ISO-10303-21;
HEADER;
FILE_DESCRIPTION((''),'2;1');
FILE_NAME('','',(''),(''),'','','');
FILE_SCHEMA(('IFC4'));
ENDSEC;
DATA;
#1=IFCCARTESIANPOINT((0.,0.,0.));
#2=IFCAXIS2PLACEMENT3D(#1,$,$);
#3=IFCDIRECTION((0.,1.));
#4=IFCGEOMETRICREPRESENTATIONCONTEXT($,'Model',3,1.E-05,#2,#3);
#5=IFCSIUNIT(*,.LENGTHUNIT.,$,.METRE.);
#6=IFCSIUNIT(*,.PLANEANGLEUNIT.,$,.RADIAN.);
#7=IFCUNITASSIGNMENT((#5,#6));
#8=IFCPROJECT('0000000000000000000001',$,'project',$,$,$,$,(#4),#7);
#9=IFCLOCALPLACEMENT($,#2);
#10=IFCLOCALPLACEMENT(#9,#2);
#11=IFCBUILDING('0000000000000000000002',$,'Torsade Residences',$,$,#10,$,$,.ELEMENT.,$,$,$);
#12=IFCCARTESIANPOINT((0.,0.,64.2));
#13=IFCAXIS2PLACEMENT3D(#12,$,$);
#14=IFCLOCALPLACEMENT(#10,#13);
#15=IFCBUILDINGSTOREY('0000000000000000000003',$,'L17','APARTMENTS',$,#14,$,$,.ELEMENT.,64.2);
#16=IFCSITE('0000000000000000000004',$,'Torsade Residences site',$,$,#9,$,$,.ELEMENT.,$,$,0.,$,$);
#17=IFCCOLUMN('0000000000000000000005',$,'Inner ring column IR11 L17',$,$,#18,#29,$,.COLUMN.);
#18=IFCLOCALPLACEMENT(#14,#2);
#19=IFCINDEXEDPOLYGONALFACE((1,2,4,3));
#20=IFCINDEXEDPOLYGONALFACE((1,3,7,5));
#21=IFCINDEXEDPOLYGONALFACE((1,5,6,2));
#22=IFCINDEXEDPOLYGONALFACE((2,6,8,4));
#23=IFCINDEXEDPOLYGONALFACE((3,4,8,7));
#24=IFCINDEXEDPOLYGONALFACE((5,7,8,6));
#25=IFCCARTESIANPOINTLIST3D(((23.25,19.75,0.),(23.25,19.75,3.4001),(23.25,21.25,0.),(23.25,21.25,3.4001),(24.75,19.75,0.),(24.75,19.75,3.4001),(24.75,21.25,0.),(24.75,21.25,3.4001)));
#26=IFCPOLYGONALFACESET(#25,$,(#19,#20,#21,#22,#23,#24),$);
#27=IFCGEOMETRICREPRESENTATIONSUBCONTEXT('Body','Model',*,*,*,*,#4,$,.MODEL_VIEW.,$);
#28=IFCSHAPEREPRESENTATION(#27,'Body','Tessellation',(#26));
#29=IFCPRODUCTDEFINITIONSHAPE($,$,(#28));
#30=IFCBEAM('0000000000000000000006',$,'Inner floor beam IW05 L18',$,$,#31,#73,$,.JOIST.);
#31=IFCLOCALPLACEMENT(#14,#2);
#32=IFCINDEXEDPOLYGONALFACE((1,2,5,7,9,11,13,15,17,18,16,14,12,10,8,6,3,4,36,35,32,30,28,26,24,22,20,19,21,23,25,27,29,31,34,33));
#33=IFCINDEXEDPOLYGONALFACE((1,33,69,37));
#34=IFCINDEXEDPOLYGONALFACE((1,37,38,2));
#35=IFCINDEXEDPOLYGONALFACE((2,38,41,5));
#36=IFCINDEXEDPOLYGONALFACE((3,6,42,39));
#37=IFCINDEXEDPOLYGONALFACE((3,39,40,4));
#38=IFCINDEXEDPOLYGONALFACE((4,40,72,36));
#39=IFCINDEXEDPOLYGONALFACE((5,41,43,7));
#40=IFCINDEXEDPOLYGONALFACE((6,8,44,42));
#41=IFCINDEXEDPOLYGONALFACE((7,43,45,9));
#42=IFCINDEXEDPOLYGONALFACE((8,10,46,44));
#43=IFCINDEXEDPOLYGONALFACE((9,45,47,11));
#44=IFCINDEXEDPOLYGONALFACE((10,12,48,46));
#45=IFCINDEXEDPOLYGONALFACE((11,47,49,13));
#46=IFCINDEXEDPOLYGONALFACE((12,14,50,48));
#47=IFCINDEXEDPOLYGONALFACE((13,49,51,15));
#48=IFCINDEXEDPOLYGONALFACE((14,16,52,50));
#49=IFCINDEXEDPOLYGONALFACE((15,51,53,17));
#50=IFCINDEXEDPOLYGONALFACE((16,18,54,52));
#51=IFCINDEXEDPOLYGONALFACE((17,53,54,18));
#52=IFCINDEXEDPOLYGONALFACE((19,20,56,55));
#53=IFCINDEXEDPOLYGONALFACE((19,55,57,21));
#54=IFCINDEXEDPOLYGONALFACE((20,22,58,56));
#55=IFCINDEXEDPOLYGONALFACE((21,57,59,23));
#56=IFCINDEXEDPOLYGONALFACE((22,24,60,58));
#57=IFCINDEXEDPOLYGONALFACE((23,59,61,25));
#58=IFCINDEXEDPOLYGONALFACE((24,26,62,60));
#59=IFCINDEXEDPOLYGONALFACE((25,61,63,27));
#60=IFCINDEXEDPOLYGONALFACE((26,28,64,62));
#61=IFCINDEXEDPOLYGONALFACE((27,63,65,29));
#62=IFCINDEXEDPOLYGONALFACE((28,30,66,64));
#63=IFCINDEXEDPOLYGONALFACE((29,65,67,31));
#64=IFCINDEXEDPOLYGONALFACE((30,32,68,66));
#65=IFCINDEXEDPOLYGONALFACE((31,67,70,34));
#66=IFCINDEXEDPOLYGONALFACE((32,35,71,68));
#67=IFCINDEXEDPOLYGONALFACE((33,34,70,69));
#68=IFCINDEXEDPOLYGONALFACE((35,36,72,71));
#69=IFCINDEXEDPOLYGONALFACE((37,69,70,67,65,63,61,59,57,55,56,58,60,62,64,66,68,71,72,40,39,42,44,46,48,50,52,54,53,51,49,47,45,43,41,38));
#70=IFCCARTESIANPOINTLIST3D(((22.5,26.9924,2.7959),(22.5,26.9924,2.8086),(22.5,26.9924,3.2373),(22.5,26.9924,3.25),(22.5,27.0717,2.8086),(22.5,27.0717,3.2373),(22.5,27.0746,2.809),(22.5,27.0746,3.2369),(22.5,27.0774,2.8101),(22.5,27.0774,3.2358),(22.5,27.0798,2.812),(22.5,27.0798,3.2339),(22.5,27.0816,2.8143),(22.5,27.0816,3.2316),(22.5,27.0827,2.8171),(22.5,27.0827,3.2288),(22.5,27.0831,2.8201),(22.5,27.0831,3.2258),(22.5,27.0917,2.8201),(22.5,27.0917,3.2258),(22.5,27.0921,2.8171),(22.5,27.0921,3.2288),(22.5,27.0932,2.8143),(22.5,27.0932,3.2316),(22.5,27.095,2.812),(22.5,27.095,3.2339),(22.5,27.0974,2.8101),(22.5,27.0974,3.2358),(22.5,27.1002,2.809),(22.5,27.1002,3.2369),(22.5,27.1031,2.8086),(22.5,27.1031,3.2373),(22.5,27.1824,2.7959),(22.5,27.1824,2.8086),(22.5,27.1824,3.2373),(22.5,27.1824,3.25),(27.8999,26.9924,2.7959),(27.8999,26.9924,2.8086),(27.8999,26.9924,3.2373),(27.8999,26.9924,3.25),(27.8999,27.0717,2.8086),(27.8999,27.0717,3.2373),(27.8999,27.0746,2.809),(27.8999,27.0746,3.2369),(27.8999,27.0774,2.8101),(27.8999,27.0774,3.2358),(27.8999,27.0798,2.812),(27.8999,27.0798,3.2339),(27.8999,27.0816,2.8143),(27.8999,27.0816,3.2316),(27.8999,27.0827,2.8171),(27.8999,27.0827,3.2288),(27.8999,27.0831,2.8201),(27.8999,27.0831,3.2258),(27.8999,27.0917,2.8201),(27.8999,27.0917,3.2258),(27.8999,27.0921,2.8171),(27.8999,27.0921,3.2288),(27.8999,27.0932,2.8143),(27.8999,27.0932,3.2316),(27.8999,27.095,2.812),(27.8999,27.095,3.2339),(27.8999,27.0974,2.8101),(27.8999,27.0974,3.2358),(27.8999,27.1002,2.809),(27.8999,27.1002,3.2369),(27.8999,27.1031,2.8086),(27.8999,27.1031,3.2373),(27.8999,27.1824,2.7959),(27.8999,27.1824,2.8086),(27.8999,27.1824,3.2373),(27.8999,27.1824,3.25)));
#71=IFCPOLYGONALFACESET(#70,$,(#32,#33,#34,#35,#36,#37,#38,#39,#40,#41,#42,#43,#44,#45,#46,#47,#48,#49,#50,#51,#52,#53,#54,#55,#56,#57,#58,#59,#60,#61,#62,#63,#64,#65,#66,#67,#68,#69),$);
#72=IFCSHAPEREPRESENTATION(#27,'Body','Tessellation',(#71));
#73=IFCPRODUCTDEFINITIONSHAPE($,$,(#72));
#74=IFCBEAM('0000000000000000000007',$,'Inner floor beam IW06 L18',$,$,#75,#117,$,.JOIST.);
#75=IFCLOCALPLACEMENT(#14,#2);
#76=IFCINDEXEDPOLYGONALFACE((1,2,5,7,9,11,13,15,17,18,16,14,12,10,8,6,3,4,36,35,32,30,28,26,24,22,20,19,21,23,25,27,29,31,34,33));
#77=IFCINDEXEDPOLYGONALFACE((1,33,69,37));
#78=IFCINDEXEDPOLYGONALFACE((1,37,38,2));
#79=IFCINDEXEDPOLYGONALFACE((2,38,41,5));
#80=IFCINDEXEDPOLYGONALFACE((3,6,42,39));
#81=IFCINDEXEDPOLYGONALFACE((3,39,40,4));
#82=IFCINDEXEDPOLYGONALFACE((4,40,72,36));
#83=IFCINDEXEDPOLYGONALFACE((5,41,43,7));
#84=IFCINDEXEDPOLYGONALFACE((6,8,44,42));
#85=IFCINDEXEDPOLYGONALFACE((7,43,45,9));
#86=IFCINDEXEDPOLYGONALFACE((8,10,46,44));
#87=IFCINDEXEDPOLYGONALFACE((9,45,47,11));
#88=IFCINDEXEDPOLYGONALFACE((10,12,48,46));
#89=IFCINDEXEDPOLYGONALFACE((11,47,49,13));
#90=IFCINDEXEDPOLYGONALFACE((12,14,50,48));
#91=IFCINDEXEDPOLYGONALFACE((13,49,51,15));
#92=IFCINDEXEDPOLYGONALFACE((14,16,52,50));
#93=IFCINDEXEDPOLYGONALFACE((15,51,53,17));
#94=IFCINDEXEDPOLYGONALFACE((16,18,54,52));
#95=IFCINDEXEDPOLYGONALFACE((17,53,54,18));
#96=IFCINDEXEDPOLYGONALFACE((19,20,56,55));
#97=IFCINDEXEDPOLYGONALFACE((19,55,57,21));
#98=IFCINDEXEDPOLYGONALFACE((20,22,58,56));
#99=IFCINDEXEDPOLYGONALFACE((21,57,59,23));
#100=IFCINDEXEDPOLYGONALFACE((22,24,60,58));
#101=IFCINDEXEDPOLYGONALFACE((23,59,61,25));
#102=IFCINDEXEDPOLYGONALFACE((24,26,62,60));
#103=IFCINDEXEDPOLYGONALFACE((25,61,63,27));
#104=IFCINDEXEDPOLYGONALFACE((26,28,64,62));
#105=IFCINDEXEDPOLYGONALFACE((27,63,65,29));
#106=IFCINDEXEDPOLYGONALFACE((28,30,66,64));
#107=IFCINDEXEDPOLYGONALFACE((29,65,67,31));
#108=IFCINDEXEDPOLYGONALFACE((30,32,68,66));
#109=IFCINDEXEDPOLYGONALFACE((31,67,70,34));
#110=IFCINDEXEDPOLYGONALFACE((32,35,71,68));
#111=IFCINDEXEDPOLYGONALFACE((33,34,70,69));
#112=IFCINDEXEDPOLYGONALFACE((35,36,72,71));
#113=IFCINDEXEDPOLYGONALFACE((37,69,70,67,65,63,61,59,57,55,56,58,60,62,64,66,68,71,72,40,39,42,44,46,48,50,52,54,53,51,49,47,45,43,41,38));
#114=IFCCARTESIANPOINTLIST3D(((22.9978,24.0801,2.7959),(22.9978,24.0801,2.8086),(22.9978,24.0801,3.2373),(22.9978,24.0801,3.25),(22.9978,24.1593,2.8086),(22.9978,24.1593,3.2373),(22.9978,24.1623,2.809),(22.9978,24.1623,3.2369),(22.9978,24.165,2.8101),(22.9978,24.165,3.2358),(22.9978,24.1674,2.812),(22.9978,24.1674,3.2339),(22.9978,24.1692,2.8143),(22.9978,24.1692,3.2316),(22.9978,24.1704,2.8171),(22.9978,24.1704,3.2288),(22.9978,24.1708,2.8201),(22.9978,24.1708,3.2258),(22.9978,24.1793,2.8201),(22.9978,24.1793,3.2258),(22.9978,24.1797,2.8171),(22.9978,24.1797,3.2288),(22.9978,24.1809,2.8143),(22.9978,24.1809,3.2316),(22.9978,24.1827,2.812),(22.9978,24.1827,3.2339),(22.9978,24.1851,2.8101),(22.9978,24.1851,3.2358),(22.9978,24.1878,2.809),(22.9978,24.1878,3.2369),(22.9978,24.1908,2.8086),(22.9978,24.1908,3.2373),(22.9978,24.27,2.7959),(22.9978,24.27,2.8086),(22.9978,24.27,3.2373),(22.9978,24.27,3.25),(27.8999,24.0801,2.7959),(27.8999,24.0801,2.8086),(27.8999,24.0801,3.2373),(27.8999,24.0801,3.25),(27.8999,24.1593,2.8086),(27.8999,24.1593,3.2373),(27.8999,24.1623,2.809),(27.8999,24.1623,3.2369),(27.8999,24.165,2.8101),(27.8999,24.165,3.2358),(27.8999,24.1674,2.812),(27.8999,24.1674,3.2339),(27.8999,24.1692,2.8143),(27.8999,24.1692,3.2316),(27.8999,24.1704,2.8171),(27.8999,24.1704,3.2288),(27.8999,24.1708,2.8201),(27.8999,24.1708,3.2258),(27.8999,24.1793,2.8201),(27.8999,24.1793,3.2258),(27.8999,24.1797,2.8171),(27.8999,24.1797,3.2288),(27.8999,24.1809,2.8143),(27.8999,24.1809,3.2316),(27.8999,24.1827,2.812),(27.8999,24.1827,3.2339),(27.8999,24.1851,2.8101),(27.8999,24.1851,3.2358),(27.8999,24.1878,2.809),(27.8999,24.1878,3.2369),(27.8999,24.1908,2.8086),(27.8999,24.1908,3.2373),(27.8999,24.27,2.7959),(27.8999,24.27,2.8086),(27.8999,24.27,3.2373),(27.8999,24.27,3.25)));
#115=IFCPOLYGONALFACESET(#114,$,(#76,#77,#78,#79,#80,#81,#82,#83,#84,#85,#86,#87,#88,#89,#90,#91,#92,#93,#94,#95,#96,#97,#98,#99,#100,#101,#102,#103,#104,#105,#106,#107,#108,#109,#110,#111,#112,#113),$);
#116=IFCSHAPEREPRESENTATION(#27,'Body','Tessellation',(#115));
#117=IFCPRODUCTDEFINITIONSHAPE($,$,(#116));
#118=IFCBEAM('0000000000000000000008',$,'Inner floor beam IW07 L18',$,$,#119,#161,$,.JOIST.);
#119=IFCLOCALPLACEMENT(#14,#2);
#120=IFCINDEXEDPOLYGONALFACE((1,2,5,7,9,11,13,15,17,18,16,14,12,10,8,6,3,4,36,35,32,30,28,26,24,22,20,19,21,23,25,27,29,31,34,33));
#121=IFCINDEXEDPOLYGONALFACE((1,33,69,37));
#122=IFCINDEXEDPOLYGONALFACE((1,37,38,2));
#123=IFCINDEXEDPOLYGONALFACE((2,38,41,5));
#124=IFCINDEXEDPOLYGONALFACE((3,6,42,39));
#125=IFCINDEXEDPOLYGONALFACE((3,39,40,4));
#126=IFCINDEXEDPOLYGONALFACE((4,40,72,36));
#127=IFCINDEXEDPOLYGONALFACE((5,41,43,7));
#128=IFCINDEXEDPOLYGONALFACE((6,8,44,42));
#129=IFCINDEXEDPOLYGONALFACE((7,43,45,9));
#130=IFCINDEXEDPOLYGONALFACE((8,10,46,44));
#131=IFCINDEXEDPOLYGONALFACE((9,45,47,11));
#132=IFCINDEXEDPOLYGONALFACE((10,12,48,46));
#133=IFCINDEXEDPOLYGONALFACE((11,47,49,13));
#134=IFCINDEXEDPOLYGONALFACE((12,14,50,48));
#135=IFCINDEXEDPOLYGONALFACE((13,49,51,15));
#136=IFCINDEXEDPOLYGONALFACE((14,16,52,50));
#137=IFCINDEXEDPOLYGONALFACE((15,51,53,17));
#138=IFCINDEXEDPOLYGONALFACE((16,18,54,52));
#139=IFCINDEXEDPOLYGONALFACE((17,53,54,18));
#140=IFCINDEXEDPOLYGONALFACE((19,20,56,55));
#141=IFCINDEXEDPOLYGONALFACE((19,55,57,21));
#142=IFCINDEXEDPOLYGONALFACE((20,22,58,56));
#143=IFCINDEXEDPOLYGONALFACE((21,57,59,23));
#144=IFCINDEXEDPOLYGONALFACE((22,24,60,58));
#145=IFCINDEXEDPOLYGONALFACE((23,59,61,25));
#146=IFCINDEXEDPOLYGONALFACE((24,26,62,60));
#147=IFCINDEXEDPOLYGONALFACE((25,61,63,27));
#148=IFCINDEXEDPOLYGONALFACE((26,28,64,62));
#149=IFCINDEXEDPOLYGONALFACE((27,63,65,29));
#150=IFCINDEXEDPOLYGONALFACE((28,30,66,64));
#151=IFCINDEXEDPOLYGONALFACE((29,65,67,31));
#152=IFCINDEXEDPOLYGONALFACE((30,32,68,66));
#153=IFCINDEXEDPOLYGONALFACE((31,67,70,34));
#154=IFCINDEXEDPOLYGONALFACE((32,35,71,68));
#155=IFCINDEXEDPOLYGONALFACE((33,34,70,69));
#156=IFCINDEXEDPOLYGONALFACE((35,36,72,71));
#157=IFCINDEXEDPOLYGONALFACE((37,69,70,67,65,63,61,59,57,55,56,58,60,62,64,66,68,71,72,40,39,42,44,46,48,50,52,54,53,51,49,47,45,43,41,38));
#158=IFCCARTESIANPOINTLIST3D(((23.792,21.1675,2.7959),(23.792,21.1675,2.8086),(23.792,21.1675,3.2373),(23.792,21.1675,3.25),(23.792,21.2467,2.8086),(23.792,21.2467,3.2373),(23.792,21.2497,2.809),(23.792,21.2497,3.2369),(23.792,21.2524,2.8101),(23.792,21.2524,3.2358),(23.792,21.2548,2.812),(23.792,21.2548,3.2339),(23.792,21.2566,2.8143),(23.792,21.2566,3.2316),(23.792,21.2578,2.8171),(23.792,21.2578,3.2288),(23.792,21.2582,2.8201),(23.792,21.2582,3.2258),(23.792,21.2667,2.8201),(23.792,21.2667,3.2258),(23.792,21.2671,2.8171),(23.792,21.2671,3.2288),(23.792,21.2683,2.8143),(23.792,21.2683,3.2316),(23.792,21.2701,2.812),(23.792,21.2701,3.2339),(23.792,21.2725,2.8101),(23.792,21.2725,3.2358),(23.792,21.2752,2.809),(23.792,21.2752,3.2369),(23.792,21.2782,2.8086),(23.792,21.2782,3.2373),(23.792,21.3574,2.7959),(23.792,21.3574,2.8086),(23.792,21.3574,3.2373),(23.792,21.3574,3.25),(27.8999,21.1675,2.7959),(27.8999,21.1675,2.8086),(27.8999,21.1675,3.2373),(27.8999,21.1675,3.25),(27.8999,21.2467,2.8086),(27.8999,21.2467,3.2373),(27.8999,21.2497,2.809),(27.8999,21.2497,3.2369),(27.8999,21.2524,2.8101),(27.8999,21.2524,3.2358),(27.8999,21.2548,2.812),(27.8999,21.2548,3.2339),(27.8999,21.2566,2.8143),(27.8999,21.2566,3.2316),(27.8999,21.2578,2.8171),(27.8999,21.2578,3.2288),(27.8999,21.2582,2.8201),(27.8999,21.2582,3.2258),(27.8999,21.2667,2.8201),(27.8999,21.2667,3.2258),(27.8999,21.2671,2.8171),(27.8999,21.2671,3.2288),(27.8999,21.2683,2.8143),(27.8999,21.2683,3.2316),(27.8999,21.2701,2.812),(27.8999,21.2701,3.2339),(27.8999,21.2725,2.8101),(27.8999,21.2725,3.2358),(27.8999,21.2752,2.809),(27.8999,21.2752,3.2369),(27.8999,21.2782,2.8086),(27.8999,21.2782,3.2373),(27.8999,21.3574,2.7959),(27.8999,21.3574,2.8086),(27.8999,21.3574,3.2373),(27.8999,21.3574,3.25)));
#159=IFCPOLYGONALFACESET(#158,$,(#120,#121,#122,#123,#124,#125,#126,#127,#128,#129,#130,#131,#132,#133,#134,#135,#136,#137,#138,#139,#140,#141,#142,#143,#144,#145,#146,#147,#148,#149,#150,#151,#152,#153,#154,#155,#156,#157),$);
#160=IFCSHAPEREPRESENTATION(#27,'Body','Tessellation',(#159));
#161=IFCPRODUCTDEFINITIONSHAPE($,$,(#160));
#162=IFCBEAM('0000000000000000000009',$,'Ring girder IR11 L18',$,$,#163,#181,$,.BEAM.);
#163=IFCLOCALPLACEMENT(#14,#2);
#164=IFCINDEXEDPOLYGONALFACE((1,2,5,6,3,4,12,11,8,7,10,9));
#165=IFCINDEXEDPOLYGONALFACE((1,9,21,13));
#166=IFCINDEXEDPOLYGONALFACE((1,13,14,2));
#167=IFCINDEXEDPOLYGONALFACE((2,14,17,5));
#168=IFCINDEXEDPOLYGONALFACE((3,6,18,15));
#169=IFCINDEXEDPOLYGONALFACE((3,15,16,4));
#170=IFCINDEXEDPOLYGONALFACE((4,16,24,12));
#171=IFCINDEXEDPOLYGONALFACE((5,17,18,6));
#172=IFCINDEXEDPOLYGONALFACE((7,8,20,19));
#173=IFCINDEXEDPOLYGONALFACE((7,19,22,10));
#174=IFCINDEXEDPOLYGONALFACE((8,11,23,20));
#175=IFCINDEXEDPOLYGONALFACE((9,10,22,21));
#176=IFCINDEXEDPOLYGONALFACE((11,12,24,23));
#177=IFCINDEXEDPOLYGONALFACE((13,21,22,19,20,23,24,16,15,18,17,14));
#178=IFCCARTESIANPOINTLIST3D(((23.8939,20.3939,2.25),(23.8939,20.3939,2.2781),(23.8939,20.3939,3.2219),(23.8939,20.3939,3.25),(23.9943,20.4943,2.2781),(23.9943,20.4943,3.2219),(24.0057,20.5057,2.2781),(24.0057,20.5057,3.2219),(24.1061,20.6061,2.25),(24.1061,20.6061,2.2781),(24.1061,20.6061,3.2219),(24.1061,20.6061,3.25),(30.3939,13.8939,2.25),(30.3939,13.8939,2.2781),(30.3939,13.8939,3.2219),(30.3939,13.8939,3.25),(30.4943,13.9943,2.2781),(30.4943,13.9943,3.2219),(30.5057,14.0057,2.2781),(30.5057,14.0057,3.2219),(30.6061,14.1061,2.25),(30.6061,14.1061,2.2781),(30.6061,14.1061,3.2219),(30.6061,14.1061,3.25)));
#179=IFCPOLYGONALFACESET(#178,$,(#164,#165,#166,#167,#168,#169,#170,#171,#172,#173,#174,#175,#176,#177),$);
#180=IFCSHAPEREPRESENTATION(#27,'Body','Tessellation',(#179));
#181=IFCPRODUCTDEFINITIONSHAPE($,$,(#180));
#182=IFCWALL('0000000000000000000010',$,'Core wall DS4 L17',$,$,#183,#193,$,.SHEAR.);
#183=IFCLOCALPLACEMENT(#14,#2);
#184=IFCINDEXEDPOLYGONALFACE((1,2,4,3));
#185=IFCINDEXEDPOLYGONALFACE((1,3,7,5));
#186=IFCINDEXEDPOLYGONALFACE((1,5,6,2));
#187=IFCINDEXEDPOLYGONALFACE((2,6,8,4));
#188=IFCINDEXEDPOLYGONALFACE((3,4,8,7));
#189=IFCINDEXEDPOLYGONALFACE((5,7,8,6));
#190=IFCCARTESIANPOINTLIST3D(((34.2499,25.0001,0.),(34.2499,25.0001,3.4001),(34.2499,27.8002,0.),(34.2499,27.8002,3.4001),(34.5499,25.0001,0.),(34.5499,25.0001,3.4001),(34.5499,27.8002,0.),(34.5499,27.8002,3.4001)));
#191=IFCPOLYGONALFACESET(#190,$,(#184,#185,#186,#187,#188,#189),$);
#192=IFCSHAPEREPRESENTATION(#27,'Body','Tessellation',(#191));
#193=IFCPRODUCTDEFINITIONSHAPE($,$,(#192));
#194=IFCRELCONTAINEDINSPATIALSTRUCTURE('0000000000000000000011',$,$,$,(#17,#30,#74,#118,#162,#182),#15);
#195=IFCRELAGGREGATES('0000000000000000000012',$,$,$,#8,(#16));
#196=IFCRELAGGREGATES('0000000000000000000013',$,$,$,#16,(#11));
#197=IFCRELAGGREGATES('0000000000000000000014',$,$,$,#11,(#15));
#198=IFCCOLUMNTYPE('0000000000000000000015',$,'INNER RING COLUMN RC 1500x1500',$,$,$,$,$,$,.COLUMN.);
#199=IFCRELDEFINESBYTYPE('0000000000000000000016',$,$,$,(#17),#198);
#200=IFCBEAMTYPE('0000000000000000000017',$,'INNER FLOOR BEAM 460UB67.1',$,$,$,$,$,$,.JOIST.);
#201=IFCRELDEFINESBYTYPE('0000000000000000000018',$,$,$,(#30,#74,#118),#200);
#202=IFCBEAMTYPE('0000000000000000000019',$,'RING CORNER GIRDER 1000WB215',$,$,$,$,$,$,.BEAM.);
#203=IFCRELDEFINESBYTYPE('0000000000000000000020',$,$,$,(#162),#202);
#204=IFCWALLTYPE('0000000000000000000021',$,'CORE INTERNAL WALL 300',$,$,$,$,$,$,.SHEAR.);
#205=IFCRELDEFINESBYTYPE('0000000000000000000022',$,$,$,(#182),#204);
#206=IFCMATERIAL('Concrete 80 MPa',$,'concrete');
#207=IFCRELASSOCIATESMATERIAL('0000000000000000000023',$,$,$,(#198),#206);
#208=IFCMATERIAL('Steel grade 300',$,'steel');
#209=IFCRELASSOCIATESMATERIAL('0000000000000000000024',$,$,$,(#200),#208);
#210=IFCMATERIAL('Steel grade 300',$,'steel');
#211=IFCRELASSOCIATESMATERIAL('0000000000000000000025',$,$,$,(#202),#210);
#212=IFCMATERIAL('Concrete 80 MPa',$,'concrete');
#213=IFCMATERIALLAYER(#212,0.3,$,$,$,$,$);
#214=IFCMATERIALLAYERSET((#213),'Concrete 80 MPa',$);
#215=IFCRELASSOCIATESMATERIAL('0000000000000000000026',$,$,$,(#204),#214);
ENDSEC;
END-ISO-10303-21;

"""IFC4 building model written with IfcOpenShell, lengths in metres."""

from ifc_helpers import new_model, si_unit, direction, frame, frame_2d, origin, origin_2d, place, context, subcontext, project, spatial, rectangle, i_section, extrude, material, layer, layer_set, material_profile, profile_set, type_object, element, save


model = new_model("IFC4")

# Units and contexts
model_context = context("Model", 3, precision=1e-05, world=origin(), true_north=direction((0.0, 1.0)))
body_context = subcontext(model_context, "Body", "Model", "MODEL_VIEW")
ifc_project = project(units=[si_unit("LENGTHUNIT", "METRE"), si_unit("PLANEANGLEUNIT", "RADIAN")], contexts=[model_context])

# Site, building, storey
site_placement = place(None, origin())
site = spatial("IfcSite", under=ifc_project, at=site_placement, Name="Torsade Residences site", CompositionType="ELEMENT", RefElevation=0.0)
building_placement = place(site_placement, origin())
building = spatial("IfcBuilding", under=site, at=building_placement, Name="Torsade Residences", CompositionType="ELEMENT")
storey_placement = place(building_placement, frame((0.0, 0.0, 64.2)))
storey = spatial("IfcBuildingStorey", under=building, at=storey_placement, Name="L17", Description="APARTMENTS", CompositionType="ELEMENT", Elevation=64.2)

# Column
ifc_material_1 = material(Name="Concrete 80 MPa", Category="concrete")
ifc_material_profile_1 = material_profile(ifc_material_1, rectangle(XDim=1.5, YDim=1.5, at=origin_2d()), Name="RC 1500x1500")
ifc_profile_set_1 = profile_set([ifc_material_profile_1], Name="Concrete 80 MPa")
column_type = type_object("IfcColumnType", Name="INNER RING COLUMN RC 1500x1500", PredefinedType="COLUMN", material=ifc_profile_set_1)
column_placement = place(storey_placement, frame((24.0, 20.5, 0.0), z_axis=(0.0, 0.0, 1.0), x_axis=(1.0, 0.0, 0.0)))
element("IfcColumn", 1, at=column_placement, inside=storey, type_object=column_type, Name="Inner ring column IR11 L17", PredefinedType="COLUMN", context=body_context, shape_type="SweptSolid", body=[
    extrude(rectangle(XDim=1.5, YDim=1.5, at=origin_2d()), origin(), (0.0, 0.0, 1.0), 3.4001),
])

# Beams
ifc_material_2 = material(Name="Steel grade 300", Category="steel")
ifc_material_profile_2 = material_profile(ifc_material_2, i_section(OverallWidth=0.1899, OverallDepth=0.4541, WebThickness=0.0085, FlangeThickness=0.0127, FilletRadius=0.0115, at=origin_2d()), Name="460UB67.1")
ifc_profile_set_2 = profile_set([ifc_material_profile_2], Name="Steel grade 300")
beam_type_1 = type_object("IfcBeamType", Name="INNER FLOOR BEAM 460UB67.1", PredefinedType="JOIST", material=ifc_profile_set_2)
beam_1_placement = place(storey_placement, frame((27.8999, 27.0874, 3.0229), z_axis=(-1.0, 0.0, 0.0), x_axis=(0.0, -1.0, 0.0)))
element("IfcBeam", 2, at=beam_1_placement, inside=storey, type_object=beam_type_1, Name="Inner floor beam IW05 L18", PredefinedType="JOIST", context=body_context, shape_type="SweptSolid", body=[
    extrude(i_section(OverallWidth=0.1899, OverallDepth=0.4541, WebThickness=0.0085, FlangeThickness=0.0127, FilletRadius=0.0115, at=origin_2d()), origin(), (0.0, 0.0, 1.0), 5.3999),
])
beam_2_placement = place(storey_placement, frame((27.8999, 24.175, 3.0229), z_axis=(-1.0, 0.0, 0.0), x_axis=(0.0, -1.0, 0.0)))
element("IfcBeam", 3, at=beam_2_placement, inside=storey, type_object=beam_type_1, Name="Inner floor beam IW06 L18", PredefinedType="JOIST", context=body_context, shape_type="SweptSolid", body=[
    extrude(i_section(OverallWidth=0.1899, OverallDepth=0.4541, WebThickness=0.0085, FlangeThickness=0.0127, FilletRadius=0.0115, at=origin_2d()), origin(), (0.0, 0.0, 1.0), 4.9021),
])
beam_3_placement = place(storey_placement, frame((27.8999, 21.2625, 3.0229), z_axis=(-1.0, 0.0, 0.0), x_axis=(0.0, -1.0, 0.0)))
element("IfcBeam", 4, at=beam_3_placement, inside=storey, type_object=beam_type_1, Name="Inner floor beam IW07 L18", PredefinedType="JOIST", context=body_context, shape_type="SweptSolid", body=[
    extrude(i_section(OverallWidth=0.1899, OverallDepth=0.4541, WebThickness=0.0085, FlangeThickness=0.0127, FilletRadius=0.0115, at=origin_2d()), origin(), (0.0, 0.0, 1.0), 4.1079),
])
ifc_material_3 = material(Name="Steel grade 300", Category="steel")
ifc_material_profile_3 = material_profile(ifc_material_3, i_section(OverallWidth=0.3, OverallDepth=1.0, WebThickness=0.0161, FlangeThickness=0.0281, at=origin_2d()), Name="1000WB215")
ifc_profile_set_3 = profile_set([ifc_material_profile_3], Name="Steel grade 300")
beam_type_2 = type_object("IfcBeamType", Name="RING CORNER GIRDER 1000WB215", PredefinedType="BEAM", material=ifc_profile_set_3)
beam_4_placement = place(storey_placement, frame((24.0, 20.5, 2.75), z_axis=(0.707107, -0.707107, 0.0), x_axis=(0.707107, 0.707107, 0.0)))
element("IfcBeam", 5, at=beam_4_placement, inside=storey, type_object=beam_type_2, Name="Ring girder IR11 L18", PredefinedType="BEAM", context=body_context, shape_type="SweptSolid", body=[
    extrude(i_section(OverallWidth=0.3, OverallDepth=1.0, WebThickness=0.0161, FlangeThickness=0.0281, at=origin_2d()), origin(), (0.0, 0.0, 1.0), 9.1924),
])

# Wall
ifc_material_4 = material(Name="Concrete 80 MPa", Category="concrete")
ifc_layer_1 = layer(ifc_material_4, 0.3)
ifc_layer_set_1 = layer_set([ifc_layer_1], Name="Concrete 80 MPa")
wall_type_1 = type_object("IfcWallType", Name="CORE INTERNAL WALL 300", PredefinedType="SHEAR", material=ifc_layer_set_1)
wall_1_placement = place(storey_placement, frame((34.3999, 27.8, 0.0), z_axis=(0.0, 0.0, 1.0), x_axis=(0.0, -1.0, 0.0)))
element("IfcWall", 6, at=wall_1_placement, inside=storey, type_object=wall_type_1, Name="Core wall DS4 L17", PredefinedType="SHEAR", context=body_context, shape_type="SweptSolid", body=[
    extrude(rectangle(XDim=2.8, YDim=0.3, at=frame_2d((1.3999, 0.0))), origin(), (0.0, 0.0, 1.0), 3.4001),
])

save(model, "model.ifc")
